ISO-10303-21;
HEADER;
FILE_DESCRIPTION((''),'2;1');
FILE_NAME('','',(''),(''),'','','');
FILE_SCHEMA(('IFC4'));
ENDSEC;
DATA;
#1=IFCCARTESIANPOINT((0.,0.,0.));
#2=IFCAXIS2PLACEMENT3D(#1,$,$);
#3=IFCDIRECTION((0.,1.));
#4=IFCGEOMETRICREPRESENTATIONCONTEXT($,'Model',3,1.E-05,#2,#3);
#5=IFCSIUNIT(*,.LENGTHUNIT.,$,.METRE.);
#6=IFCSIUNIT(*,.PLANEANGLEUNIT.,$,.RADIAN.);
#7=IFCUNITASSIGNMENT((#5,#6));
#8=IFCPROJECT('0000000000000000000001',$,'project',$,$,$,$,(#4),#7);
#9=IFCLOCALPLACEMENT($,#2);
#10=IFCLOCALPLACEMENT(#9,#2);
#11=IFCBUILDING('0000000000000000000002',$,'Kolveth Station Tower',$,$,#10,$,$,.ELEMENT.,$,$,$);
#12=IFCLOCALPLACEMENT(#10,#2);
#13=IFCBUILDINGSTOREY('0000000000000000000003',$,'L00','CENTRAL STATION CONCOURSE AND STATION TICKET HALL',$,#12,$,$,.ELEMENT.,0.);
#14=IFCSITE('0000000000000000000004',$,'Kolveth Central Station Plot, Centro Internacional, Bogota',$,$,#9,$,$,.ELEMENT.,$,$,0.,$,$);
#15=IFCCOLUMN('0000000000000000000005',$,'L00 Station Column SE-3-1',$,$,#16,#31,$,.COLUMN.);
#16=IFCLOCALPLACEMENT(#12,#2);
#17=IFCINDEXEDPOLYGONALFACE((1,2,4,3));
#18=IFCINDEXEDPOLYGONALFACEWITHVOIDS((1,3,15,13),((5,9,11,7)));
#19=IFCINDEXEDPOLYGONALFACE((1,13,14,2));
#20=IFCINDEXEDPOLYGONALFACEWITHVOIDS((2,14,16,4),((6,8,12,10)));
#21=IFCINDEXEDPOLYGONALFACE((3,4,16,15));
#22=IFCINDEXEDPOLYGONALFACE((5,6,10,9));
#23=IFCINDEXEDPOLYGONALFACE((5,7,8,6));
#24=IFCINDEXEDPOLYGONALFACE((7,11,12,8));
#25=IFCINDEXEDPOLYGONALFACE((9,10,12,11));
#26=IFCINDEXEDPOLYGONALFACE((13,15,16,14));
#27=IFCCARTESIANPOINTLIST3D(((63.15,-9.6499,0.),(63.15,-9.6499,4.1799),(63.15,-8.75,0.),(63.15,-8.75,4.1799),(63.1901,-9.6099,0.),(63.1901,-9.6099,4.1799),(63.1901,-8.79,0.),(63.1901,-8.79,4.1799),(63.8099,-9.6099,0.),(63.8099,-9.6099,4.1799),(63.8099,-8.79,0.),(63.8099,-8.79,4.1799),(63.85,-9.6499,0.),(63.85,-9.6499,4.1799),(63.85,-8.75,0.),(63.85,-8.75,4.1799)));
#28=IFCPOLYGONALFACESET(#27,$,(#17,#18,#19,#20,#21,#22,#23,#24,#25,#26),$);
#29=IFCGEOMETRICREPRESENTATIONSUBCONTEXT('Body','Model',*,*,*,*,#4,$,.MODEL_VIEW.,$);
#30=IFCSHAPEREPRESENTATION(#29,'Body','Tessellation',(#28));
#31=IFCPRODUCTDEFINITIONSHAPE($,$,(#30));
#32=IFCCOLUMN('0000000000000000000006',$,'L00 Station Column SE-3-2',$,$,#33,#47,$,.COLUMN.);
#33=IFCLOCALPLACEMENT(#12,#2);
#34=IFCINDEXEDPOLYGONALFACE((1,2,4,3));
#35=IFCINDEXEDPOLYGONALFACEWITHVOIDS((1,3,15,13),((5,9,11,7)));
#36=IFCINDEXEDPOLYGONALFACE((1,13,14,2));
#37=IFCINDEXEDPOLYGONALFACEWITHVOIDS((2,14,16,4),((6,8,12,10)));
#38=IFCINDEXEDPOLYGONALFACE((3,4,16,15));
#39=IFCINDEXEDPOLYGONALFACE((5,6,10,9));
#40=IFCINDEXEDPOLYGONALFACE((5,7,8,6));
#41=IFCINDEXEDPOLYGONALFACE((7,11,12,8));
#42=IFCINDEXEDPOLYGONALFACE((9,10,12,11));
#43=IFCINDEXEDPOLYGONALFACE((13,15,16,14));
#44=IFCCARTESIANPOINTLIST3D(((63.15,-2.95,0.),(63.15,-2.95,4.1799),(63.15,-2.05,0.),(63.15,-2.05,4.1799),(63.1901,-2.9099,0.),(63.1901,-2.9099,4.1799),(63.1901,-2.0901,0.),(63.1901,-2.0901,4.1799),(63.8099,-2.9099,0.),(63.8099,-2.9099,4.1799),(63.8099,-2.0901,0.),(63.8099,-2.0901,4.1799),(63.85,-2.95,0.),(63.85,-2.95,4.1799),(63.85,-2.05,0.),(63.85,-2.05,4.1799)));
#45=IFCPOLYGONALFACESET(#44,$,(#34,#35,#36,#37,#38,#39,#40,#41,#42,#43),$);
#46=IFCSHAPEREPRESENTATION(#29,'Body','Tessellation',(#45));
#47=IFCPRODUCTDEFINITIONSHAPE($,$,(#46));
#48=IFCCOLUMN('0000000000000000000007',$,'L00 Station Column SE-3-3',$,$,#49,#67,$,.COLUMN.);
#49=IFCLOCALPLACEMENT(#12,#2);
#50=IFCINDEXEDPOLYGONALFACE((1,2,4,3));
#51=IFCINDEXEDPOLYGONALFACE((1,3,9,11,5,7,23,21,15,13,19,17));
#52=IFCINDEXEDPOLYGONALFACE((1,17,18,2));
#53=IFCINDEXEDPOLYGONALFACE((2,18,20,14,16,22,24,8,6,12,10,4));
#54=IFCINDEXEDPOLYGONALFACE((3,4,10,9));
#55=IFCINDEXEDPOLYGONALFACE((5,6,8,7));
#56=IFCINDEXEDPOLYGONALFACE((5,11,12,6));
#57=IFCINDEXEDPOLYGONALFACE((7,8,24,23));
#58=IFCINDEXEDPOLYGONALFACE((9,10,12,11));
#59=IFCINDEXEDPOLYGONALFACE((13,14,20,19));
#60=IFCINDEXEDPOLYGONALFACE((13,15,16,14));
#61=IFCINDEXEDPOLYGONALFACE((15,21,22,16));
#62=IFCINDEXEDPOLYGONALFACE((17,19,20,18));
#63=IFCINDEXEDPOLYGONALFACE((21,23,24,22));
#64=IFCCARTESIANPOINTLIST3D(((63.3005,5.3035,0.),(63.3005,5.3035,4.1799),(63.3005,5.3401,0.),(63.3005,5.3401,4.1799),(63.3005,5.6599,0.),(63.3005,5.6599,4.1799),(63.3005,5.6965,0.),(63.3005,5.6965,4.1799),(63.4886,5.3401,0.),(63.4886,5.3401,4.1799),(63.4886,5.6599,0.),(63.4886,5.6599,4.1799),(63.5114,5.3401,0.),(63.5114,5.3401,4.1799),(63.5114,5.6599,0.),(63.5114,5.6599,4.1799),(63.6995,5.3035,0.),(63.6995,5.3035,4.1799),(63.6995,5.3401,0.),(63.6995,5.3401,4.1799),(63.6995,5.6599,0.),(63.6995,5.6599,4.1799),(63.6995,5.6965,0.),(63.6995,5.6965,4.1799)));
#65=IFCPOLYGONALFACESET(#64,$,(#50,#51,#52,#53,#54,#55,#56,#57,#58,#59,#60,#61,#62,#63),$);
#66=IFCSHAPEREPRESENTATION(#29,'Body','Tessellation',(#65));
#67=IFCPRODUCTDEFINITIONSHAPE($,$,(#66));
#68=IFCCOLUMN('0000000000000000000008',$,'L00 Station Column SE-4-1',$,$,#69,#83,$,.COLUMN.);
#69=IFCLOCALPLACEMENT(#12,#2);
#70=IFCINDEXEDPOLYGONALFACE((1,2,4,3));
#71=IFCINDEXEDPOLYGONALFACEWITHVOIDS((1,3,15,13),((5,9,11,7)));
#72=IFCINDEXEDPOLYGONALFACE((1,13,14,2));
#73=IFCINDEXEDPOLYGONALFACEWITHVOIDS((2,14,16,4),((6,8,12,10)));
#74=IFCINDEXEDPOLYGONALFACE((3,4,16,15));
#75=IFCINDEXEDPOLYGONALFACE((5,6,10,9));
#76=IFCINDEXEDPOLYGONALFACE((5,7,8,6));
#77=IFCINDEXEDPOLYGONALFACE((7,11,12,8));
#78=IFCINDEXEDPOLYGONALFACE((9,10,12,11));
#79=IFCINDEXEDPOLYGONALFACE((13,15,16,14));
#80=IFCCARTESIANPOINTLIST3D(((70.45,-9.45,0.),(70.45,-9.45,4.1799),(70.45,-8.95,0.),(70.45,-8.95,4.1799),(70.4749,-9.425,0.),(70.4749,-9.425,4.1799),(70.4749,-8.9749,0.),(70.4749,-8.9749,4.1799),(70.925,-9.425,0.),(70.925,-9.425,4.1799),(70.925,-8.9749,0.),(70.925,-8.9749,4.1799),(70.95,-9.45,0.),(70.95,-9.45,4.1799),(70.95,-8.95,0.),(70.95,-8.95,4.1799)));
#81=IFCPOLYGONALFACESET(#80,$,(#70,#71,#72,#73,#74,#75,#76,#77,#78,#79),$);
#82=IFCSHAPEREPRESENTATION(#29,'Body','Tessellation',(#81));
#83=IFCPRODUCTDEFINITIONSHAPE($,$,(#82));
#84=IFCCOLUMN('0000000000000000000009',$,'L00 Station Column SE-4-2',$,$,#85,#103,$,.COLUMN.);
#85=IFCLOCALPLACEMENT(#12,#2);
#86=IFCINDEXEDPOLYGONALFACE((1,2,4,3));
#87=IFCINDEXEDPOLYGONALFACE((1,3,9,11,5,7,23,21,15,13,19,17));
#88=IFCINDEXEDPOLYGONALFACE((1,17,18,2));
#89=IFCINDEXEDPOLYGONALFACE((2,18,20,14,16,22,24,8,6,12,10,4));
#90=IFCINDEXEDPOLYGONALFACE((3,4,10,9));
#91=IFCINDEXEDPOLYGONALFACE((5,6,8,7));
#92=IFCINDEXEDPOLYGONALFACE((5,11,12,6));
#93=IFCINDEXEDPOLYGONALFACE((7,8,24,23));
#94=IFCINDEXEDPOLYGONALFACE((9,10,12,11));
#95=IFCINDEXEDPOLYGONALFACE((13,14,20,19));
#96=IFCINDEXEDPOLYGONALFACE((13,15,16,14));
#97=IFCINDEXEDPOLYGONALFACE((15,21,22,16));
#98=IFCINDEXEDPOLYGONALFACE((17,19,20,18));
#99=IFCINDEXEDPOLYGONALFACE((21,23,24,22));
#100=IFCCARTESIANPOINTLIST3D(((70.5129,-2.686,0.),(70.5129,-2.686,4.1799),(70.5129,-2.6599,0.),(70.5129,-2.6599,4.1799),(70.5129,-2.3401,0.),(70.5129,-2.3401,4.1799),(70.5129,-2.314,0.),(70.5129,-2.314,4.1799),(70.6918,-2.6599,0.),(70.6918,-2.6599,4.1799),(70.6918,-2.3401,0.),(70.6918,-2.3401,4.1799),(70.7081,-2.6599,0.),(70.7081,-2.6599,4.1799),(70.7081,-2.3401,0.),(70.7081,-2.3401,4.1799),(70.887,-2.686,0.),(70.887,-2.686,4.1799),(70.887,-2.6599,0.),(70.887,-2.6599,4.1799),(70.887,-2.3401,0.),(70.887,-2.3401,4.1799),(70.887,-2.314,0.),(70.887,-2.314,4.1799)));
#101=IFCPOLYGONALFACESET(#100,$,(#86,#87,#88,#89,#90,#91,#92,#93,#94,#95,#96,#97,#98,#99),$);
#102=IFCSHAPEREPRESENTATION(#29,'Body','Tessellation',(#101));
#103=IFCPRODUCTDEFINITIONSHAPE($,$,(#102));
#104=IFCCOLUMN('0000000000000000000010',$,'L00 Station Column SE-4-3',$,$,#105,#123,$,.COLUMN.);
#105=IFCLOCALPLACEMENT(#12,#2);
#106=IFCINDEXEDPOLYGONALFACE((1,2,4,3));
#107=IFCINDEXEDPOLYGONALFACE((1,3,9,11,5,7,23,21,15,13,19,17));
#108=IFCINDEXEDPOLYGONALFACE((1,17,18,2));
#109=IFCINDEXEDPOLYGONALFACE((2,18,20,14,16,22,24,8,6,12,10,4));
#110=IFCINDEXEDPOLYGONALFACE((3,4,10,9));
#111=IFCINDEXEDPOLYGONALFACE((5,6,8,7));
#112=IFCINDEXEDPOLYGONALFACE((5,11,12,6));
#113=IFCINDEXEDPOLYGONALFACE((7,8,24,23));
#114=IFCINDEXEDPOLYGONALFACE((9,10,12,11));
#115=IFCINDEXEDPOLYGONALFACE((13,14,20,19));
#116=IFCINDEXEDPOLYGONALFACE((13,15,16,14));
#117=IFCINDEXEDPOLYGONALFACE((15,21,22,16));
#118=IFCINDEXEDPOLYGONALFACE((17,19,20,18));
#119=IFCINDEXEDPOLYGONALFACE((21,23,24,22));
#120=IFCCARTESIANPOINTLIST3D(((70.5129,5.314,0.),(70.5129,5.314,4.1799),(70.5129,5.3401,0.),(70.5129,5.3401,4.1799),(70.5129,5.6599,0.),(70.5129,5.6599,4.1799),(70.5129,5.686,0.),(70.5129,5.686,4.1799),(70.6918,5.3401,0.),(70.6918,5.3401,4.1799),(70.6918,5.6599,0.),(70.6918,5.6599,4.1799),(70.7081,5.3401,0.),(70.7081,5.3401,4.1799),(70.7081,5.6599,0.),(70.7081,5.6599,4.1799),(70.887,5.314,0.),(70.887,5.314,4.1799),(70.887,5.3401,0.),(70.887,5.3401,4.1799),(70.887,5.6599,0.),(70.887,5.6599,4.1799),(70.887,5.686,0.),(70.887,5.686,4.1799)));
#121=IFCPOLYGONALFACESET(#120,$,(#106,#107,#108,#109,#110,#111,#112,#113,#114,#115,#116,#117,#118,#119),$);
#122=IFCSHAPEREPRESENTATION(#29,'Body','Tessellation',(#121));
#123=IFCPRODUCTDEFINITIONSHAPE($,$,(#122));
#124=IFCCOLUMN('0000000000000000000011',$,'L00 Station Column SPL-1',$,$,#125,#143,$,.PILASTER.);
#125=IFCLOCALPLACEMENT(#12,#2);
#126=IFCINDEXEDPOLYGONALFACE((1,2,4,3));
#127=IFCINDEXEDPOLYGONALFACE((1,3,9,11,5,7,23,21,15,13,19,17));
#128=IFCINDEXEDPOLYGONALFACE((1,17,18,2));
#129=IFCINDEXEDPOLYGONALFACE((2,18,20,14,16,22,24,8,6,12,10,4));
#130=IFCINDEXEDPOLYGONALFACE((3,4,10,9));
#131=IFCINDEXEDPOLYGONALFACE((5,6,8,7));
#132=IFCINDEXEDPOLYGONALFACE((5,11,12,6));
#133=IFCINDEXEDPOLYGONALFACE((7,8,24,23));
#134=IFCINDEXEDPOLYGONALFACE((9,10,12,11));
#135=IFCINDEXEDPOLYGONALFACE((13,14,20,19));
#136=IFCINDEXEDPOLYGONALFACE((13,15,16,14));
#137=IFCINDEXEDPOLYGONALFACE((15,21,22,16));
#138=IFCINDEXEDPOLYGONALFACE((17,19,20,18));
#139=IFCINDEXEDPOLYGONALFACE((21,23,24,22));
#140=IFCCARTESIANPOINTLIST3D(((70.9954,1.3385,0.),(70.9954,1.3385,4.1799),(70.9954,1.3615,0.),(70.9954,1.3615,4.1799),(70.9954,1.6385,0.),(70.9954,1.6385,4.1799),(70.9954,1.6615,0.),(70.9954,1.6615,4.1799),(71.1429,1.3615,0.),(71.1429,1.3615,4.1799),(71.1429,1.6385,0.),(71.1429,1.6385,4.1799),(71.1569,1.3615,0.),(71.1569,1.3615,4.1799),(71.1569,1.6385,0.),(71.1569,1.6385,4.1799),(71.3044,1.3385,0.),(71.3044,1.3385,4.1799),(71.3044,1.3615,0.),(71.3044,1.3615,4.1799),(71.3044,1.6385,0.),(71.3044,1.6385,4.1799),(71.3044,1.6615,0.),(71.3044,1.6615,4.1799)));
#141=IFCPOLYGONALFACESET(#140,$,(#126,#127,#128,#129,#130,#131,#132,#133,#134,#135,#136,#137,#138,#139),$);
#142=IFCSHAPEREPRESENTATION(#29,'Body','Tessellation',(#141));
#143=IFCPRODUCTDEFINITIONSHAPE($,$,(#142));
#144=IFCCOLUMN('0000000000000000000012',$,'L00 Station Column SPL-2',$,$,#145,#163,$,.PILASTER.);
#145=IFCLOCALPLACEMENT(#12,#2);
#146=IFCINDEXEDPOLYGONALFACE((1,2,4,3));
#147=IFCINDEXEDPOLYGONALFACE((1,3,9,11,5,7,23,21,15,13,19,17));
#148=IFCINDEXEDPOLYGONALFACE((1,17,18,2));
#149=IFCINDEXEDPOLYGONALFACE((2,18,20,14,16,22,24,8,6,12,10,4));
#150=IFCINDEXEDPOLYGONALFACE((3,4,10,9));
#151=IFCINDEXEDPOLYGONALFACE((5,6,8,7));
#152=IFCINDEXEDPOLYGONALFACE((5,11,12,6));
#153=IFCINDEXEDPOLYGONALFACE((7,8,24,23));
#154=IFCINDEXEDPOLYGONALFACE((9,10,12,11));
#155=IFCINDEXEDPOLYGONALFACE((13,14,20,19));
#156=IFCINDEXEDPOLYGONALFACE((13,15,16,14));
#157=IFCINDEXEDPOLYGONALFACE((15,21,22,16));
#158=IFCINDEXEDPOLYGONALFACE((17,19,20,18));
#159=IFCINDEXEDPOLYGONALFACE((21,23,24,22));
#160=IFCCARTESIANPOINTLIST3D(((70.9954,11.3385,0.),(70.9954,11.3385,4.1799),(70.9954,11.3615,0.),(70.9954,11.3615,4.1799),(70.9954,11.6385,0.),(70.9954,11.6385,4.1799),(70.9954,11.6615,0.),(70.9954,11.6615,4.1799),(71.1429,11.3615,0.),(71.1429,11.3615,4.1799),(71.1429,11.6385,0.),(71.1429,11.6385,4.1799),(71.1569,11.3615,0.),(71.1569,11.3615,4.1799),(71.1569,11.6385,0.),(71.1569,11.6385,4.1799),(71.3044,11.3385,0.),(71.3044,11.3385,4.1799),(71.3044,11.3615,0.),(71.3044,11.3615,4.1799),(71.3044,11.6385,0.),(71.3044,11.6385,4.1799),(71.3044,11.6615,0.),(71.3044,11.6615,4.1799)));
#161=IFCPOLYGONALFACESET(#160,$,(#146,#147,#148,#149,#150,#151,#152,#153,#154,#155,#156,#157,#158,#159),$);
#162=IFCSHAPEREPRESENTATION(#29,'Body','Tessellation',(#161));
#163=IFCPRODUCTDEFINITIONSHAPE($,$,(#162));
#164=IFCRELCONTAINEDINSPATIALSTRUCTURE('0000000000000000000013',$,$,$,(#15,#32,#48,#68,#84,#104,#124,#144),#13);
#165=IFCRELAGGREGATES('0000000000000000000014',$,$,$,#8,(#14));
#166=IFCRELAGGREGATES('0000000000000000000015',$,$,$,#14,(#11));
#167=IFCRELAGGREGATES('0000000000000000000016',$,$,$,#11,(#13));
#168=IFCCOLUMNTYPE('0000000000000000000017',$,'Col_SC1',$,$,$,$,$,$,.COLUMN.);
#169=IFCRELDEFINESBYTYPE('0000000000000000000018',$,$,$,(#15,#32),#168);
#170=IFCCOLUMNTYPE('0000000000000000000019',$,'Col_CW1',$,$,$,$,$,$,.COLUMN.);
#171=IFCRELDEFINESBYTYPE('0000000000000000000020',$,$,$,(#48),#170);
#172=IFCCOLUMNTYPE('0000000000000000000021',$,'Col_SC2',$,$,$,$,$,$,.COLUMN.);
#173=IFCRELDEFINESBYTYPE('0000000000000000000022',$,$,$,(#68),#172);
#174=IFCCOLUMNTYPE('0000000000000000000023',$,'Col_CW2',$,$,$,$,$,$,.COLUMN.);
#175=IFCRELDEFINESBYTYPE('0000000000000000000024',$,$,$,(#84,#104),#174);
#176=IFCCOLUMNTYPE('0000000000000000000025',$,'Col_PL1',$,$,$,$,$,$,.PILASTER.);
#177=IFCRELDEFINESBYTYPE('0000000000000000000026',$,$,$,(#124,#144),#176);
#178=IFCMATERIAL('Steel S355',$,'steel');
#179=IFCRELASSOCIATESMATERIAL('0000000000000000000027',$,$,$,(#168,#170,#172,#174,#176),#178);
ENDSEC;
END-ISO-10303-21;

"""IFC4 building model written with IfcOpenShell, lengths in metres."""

from ifc_helpers import new_model, si_unit, direction, frame, origin, origin_2d, place, context, subcontext, project, spatial, hollow_rectangle, i_section, extrude, source, transform, mapped, material, material_profile, profile_set, type_object, element, save


model = new_model("IFC4")

# Units and contexts
model_context = context("Model", 3, precision=1e-05, world=origin(), true_north=direction((0.0, 1.0)))
body_context = subcontext(model_context, "Body", "Model", "MODEL_VIEW")
ifc_project = project(units=[si_unit("LENGTHUNIT", "METRE"), si_unit("PLANEANGLEUNIT", "RADIAN")], contexts=[model_context])

# Site, building, storey
site_placement = place(None, origin())
site = spatial("IfcSite", under=ifc_project, at=site_placement, Name="Kolveth Central Station Plot, Centro Internacional, Bogota", CompositionType="ELEMENT", RefElevation=0.0)
building_placement = place(site_placement, origin())
building = spatial("IfcBuilding", under=site, at=building_placement, Name="Kolveth Station Tower", CompositionType="ELEMENT")
storey_placement = place(building_placement, origin())
storey = spatial("IfcBuildingStorey", under=building, at=storey_placement, Name="L00", Description="CENTRAL STATION CONCOURSE AND STATION TICKET HALL", CompositionType="ELEMENT", Elevation=0.0)

# Columns
ifc_material_1 = material(Name="Steel S355", Category="steel")
ifc_material_profile_1 = material_profile(ifc_material_1, hollow_rectangle(XDim=0.7, YDim=0.8999, WallThickness=0.04, at=origin_2d()), Name="BOX900x700x40")
ifc_profile_set_1 = profile_set([ifc_material_profile_1], Name="Steel S355")
column_type_1 = type_object("IfcColumnType", Name="Col_SC1", PredefinedType="COLUMN", material=ifc_profile_set_1)
shared_shape_1 = source(origin(), body_context, "Body", "SweptSolid", [
    extrude(hollow_rectangle(XDim=0.7, YDim=0.8999, WallThickness=0.04, at=origin_2d()), origin(), (0.0, 0.0, 1.0), 4.1799),
])
for number, where, z_axis, x_axis, name in (
    (1, (63.5, -9.2, 0.0), (0.0, 0.0, 1.0), (1.0, 0.0, 0.0), "L00 Station Column SE-3-1"),
    (2, (63.5, -2.5, 0.0), (0.0, 0.0, 1.0), (1.0, 0.0, 0.0), "L00 Station Column SE-3-2"),
):
    element("IfcColumn", number, at=place(storey_placement, frame(where, z_axis=z_axis, x_axis=x_axis)), inside=storey, type_object=column_type_1, Name=name, PredefinedType="COLUMN", context=body_context, shape_type="MappedRepresentation", body=[
        mapped(shared_shape_1, transform((0.0, 0.0, 0.0), x_axis=(1.0, 0.0, 0.0), y_axis=(0.0, 1.0, 0.0), z_axis=(0.0, 0.0, 1.0), scale=1.0)),
    ])
ifc_material_profile_2 = material_profile(ifc_material_1, i_section(OverallWidth=0.3989, OverallDepth=0.3931, WebThickness=0.0227, FlangeThickness=0.0366, at=origin_2d()), Name="W360x287")
ifc_profile_set_2 = profile_set([ifc_material_profile_2], Name="Steel S355")
column_type_2 = type_object("IfcColumnType", Name="Col_CW1", PredefinedType="COLUMN", material=ifc_profile_set_2)
shared_shape_2 = source(origin(), body_context, "Body", "SweptSolid", [
    extrude(i_section(OverallWidth=0.3989, OverallDepth=0.3931, WebThickness=0.0227, FlangeThickness=0.0366, at=origin_2d()), origin(), (0.0, 0.0, 1.0), 4.1799),
])
column_1_placement = place(storey_placement, frame((63.5, 5.5, 0.0), z_axis=(0.0, 0.0, 1.0), x_axis=(1.0, 0.0, 0.0)))
element("IfcColumn", 3, at=column_1_placement, inside=storey, type_object=column_type_2, Name="L00 Station Column SE-3-3", PredefinedType="COLUMN", context=body_context, shape_type="MappedRepresentation", body=[
    mapped(shared_shape_2, transform((0.0, 0.0, 0.0), x_axis=(1.0, 0.0, 0.0), y_axis=(0.0, 1.0, 0.0), z_axis=(0.0, 0.0, 1.0), scale=1.0)),
])
ifc_material_profile_3 = material_profile(ifc_material_1, hollow_rectangle(XDim=0.5, YDim=0.5, WallThickness=0.0249, at=origin_2d()), Name="HSS500x500x25")
ifc_profile_set_3 = profile_set([ifc_material_profile_3], Name="Steel S355")
column_type_3 = type_object("IfcColumnType", Name="Col_SC2", PredefinedType="COLUMN", material=ifc_profile_set_3)
shared_shape_3 = source(origin(), body_context, "Body", "SweptSolid", [
    extrude(hollow_rectangle(XDim=0.5, YDim=0.5, WallThickness=0.0249, at=origin_2d()), origin(), (0.0, 0.0, 1.0), 4.1799),
])
column_2_placement = place(storey_placement, frame((70.7, -9.2, 0.0), z_axis=(0.0, 0.0, 1.0), x_axis=(1.0, 0.0, 0.0)))
element("IfcColumn", 4, at=column_2_placement, inside=storey, type_object=column_type_3, Name="L00 Station Column SE-4-1", PredefinedType="COLUMN", context=body_context, shape_type="MappedRepresentation", body=[
    mapped(shared_shape_3, transform((0.0, 0.0, 0.0), x_axis=(1.0, 0.0, 0.0), y_axis=(0.0, 1.0, 0.0), z_axis=(0.0, 0.0, 1.0), scale=1.0)),
])
ifc_material_profile_4 = material_profile(ifc_material_1, i_section(OverallWidth=0.374, OverallDepth=0.3721, WebThickness=0.0164, FlangeThickness=0.0261, at=origin_2d()), Name="W360x196")
ifc_profile_set_4 = profile_set([ifc_material_profile_4], Name="Steel S355")
column_type_4 = type_object("IfcColumnType", Name="Col_CW2", PredefinedType="COLUMN", material=ifc_profile_set_4)
shared_shape_4 = source(origin(), body_context, "Body", "SweptSolid", [
    extrude(i_section(OverallWidth=0.374, OverallDepth=0.3721, WebThickness=0.0164, FlangeThickness=0.0261, at=origin_2d()), origin(), (0.0, 0.0, 1.0), 4.1799),
])
for number, where, z_axis, x_axis, name in (
    (5, (70.7, -2.5, 0.0), (0.0, 0.0, 1.0), (1.0, 0.0, 0.0), "L00 Station Column SE-4-2"),
    (6, (70.7, 5.5, 0.0), (0.0, 0.0, 1.0), (1.0, 0.0, 0.0), "L00 Station Column SE-4-3"),
):
    element("IfcColumn", number, at=place(storey_placement, frame(where, z_axis=z_axis, x_axis=x_axis)), inside=storey, type_object=column_type_4, Name=name, PredefinedType="COLUMN", context=body_context, shape_type="MappedRepresentation", body=[
        mapped(shared_shape_4, transform((0.0, 0.0, 0.0), x_axis=(1.0, 0.0, 0.0), y_axis=(0.0, 1.0, 0.0), z_axis=(0.0, 0.0, 1.0), scale=1.0)),
    ])
ifc_material_profile_5 = material_profile(ifc_material_1, i_section(OverallWidth=0.3091, OverallDepth=0.323, WebThickness=0.0139, FlangeThickness=0.0229, at=origin_2d()), Name="W310x143")
ifc_profile_set_5 = profile_set([ifc_material_profile_5], Name="Steel S355")
column_type_5 = type_object("IfcColumnType", Name="Col_PL1", PredefinedType="PILASTER", material=ifc_profile_set_5)
shared_shape_5 = source(origin(), body_context, "Body", "SweptSolid", [
    extrude(i_section(OverallWidth=0.3091, OverallDepth=0.323, WebThickness=0.0139, FlangeThickness=0.0229, at=origin_2d()), origin(), (0.0, 0.0, 1.0), 4.1799),
])
for number, where, z_axis, x_axis, name in (
    (7, (71.1499, 1.5, 0.0), (0.0, 0.0, 1.0), (1.0, 0.0, 0.0), "L00 Station Column SPL-1"),
    (8, (71.1499, 11.5, 0.0), (0.0, 0.0, 1.0), (1.0, 0.0, 0.0), "L00 Station Column SPL-2"),
):
    element("IfcColumn", number, at=place(storey_placement, frame(where, z_axis=z_axis, x_axis=x_axis)), inside=storey, type_object=column_type_5, Name=name, PredefinedType="PILASTER", context=body_context, shape_type="MappedRepresentation", body=[
        mapped(shared_shape_5, transform((0.0, 0.0, 0.0), x_axis=(1.0, 0.0, 0.0), y_axis=(0.0, 1.0, 0.0), z_axis=(0.0, 0.0, 1.0), scale=1.0)),
    ])

save(model, "model.ifc")
